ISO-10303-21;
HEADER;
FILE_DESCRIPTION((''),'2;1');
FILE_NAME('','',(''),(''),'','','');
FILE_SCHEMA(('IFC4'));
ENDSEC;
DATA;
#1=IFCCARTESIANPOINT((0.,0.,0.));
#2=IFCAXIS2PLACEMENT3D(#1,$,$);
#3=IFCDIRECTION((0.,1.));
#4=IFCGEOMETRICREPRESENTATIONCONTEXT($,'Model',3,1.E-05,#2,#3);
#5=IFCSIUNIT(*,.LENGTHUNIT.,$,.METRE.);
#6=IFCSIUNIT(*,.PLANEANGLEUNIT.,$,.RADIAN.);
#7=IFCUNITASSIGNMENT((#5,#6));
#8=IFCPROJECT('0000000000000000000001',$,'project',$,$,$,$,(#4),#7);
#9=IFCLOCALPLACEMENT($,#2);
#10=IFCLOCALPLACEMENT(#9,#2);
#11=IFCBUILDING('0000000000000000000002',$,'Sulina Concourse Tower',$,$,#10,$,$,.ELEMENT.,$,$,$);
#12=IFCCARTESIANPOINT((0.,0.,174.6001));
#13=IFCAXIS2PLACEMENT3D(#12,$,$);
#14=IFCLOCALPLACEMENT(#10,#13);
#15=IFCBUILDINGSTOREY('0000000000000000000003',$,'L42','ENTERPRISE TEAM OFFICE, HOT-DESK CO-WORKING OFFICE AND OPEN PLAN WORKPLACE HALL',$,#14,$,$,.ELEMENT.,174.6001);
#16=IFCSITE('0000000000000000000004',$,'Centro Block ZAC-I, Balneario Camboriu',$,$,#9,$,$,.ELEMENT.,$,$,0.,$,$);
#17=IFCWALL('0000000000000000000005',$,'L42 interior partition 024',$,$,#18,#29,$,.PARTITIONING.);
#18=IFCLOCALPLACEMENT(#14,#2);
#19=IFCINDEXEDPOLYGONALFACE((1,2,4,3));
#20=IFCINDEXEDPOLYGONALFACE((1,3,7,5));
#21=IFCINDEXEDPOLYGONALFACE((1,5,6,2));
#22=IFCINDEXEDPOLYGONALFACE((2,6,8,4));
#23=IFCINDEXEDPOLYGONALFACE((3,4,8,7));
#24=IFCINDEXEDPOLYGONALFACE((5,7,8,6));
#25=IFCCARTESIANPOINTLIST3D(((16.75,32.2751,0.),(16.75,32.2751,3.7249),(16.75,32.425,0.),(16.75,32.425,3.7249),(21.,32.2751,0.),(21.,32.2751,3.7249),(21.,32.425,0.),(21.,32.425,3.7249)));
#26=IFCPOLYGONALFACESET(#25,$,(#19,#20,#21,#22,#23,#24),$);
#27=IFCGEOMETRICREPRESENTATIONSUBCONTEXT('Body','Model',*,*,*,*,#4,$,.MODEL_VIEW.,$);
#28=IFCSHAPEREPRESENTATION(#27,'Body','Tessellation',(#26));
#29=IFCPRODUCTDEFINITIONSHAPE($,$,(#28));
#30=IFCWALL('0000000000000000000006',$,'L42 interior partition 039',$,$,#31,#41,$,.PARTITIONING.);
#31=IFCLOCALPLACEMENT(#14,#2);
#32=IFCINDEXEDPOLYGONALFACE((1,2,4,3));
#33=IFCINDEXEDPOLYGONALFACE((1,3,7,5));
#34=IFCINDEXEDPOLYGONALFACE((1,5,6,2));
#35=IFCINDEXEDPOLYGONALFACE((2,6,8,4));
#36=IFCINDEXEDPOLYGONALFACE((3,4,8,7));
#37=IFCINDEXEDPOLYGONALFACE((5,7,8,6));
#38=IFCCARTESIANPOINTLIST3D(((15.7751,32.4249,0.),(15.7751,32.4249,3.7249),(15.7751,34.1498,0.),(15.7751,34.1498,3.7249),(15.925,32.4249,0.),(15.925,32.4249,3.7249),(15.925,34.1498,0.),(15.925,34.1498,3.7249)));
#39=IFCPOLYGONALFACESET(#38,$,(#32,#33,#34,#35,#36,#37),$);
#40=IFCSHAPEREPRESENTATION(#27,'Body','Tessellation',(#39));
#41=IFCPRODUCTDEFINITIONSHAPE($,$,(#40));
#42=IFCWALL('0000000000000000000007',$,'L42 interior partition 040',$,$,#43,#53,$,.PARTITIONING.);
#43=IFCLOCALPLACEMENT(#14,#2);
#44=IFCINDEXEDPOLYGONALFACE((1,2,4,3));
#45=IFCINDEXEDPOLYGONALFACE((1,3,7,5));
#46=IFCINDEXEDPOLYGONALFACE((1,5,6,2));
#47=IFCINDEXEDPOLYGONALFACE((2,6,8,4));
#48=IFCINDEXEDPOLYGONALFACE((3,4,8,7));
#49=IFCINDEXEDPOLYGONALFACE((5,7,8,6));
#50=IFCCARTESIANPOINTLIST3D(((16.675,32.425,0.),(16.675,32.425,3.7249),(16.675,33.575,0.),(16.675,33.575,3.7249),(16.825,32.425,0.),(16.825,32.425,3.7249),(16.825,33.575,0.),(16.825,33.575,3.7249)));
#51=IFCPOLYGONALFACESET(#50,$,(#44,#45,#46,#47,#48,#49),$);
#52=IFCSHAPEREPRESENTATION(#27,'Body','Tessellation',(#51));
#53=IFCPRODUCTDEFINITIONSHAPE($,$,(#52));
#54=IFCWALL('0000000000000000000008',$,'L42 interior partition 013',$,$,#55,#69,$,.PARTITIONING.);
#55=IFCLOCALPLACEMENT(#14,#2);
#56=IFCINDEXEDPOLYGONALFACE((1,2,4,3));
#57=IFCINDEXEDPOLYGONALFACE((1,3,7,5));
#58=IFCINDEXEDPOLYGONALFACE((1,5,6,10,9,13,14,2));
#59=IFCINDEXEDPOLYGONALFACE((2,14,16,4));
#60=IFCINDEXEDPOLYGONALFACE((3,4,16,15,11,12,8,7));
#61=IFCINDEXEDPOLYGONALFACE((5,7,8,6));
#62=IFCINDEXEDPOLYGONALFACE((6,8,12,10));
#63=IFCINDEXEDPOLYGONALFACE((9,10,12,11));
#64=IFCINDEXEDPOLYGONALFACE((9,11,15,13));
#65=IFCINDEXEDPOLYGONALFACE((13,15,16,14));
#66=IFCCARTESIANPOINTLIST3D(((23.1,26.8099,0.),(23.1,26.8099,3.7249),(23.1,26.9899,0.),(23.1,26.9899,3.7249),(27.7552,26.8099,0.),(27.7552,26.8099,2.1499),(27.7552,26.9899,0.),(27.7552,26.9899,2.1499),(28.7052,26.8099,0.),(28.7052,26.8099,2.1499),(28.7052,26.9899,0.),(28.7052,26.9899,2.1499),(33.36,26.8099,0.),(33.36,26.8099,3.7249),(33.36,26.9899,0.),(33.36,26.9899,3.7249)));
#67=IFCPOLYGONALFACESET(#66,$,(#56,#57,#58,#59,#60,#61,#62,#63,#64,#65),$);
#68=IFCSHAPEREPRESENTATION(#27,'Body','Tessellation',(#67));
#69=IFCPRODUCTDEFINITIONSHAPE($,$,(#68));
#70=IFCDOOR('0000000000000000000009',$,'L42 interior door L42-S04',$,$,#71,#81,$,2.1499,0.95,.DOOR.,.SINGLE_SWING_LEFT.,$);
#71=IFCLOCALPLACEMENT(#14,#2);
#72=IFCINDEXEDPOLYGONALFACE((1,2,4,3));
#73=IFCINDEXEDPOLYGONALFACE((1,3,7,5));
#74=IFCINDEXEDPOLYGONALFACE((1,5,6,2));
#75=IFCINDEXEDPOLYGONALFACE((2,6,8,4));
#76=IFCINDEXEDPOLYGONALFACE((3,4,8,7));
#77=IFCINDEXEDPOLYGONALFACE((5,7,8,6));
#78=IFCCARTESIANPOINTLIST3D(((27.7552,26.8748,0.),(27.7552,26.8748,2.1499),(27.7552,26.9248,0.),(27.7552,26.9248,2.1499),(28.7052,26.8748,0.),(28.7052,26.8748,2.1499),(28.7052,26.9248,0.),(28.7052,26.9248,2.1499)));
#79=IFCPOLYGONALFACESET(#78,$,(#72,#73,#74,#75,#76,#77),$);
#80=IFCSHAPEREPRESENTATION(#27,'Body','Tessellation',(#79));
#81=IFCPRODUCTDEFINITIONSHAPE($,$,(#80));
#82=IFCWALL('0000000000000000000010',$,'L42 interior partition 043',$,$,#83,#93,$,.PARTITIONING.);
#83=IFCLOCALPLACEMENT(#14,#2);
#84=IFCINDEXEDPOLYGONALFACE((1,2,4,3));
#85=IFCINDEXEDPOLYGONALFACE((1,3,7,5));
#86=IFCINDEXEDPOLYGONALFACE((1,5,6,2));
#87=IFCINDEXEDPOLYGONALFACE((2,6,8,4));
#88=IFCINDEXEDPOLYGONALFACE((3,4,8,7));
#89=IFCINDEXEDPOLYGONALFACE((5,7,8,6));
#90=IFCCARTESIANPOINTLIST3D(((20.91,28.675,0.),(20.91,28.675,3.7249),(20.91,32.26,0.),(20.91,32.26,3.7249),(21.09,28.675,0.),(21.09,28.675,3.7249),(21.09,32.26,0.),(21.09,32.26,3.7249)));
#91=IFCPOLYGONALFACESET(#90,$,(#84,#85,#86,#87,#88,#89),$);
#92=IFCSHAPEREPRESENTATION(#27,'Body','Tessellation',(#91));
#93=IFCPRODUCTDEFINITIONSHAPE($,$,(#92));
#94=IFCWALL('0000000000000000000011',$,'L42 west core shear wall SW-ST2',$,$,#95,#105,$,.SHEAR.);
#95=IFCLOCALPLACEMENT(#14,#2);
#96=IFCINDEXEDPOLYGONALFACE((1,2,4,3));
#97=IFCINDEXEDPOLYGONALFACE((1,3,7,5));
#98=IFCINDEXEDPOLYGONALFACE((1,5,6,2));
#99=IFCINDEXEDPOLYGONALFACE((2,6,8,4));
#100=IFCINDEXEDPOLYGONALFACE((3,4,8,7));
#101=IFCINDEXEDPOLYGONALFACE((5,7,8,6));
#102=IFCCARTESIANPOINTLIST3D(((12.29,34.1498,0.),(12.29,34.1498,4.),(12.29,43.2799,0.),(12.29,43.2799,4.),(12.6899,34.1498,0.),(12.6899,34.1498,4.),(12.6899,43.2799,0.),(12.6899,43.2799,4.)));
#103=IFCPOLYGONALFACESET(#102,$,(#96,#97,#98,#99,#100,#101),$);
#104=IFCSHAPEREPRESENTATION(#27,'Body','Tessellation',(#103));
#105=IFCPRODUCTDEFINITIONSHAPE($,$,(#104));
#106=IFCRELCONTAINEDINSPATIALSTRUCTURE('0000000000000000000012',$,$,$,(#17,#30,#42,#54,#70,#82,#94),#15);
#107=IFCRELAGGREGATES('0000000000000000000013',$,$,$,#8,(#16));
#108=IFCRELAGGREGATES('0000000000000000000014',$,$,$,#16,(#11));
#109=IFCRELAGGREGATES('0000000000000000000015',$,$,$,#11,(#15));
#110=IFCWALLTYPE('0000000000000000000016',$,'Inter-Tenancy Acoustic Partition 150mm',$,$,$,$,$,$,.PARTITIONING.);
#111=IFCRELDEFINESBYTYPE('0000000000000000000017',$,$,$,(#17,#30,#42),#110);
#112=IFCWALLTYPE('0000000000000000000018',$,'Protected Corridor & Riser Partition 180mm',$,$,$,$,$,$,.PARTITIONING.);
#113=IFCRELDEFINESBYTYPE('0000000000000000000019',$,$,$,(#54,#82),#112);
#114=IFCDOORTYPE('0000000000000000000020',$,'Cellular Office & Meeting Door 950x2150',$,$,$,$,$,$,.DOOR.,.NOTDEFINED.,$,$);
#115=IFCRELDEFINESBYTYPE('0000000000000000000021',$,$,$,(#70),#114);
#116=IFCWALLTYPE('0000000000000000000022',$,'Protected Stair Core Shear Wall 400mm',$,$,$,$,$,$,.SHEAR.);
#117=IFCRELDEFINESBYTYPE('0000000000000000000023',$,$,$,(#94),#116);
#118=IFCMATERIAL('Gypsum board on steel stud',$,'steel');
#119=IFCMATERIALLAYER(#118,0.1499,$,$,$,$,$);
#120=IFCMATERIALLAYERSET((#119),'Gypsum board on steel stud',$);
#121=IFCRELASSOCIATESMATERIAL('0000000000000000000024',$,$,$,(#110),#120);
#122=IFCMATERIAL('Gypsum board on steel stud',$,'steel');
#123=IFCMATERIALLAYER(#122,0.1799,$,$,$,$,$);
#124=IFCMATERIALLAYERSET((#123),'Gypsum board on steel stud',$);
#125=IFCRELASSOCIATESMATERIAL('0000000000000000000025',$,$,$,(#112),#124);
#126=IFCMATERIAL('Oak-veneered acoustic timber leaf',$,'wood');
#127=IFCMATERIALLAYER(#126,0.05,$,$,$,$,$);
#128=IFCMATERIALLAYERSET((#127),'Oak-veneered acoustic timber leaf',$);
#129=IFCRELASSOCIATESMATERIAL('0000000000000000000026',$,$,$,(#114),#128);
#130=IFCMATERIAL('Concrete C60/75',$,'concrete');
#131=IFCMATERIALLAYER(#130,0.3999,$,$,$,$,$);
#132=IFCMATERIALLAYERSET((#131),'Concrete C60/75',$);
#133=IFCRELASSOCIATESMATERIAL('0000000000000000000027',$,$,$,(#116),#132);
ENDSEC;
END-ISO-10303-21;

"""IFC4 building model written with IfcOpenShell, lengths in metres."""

from ifc_helpers import new_model, si_unit, direction, frame, frame_2d, origin, place, context, subcontext, project, spatial, rectangle, extrude, material, layer, layer_set, type_object, element, fill, save


model = new_model("IFC4")

# Units and contexts
model_context = context("Model", 3, precision=1e-05, world=origin(), true_north=direction((0.0, 1.0)))
body_context = subcontext(model_context, "Body", "Model", "MODEL_VIEW")
ifc_project = project(units=[si_unit("LENGTHUNIT", "METRE"), si_unit("PLANEANGLEUNIT", "RADIAN")], contexts=[model_context])

# Site, building, storey
site_placement = place(None, origin())
site = spatial("IfcSite", under=ifc_project, at=site_placement, Name="Centro Block ZAC-I, Balneario Camboriu", CompositionType="ELEMENT", RefElevation=0.0)
building_placement = place(site_placement, origin())
building = spatial("IfcBuilding", under=site, at=building_placement, Name="Sulina Concourse Tower", CompositionType="ELEMENT")
storey_placement = place(building_placement, frame((0.0, 0.0, 174.6001)))
storey = spatial("IfcBuildingStorey", under=building, at=storey_placement, Name="L42", Description="ENTERPRISE TEAM OFFICE, HOT-DESK CO-WORKING OFFICE AND OPEN PLAN WORKPLACE HALL", CompositionType="ELEMENT", Elevation=174.6001)

# Shared definitions
ifc_material_1 = material(Name="Gypsum board on steel stud", Category="steel")
ifc_layer_1 = layer(ifc_material_1, 0.1499)
ifc_layer_set_1 = layer_set([ifc_layer_1], Name="Gypsum board on steel stud")
wall_type_1 = type_object("IfcWallType", Name="Inter-Tenancy Acoustic Partition 150mm", PredefinedType="PARTITIONING", material=ifc_layer_set_1)

# Walls
wall_1_placement = place(storey_placement, frame((16.75, 32.3501, 0.0), z_axis=(0.0, 0.0, 1.0), x_axis=(1.0, 0.0, 0.0)))
element("IfcWall", 1, at=wall_1_placement, inside=storey, type_object=wall_type_1, Name="L42 interior partition 024", PredefinedType="PARTITIONING", context=body_context, shape_type="SweptSolid", body=[
    extrude(rectangle(XDim=4.25, YDim=0.1499, at=frame_2d((2.125, 0.0))), origin(), (0.0, 0.0, 1.0), 3.7249),
])
wall_2_placement = place(storey_placement, frame((15.8501, 32.425, 0.0), z_axis=(0.0, 0.0, 1.0), x_axis=(0.0, 1.0, 0.0)))
element("IfcWall", 2, at=wall_2_placement, inside=storey, type_object=wall_type_1, Name="L42 interior partition 039", PredefinedType="PARTITIONING", context=body_context, shape_type="SweptSolid", body=[
    extrude(rectangle(XDim=1.7249, YDim=0.1499, at=frame_2d((0.8623, 0.0))), origin(), (0.0, 0.0, 1.0), 3.7249),
])
wall_3_placement = place(storey_placement, frame((16.75, 32.425, 0.0), z_axis=(0.0, 0.0, 1.0), x_axis=(0.0, 1.0, 0.0)))
element("IfcWall", 3, at=wall_3_placement, inside=storey, type_object=wall_type_1, Name="L42 interior partition 040", PredefinedType="PARTITIONING", context=body_context, shape_type="SweptSolid", body=[
    extrude(rectangle(XDim=1.1499, YDim=0.1499, at=frame_2d((0.575, 0.0))), origin(), (0.0, 0.0, 1.0), 3.7249),
])

# Wall, opening, door
ifc_material_2 = material(Name="Gypsum board on steel stud", Category="steel")
ifc_layer_2 = layer(ifc_material_2, 0.1799)
ifc_layer_set_2 = layer_set([ifc_layer_2], Name="Gypsum board on steel stud")
wall_type_2 = type_object("IfcWallType", Name="Protected Corridor & Riser Partition 180mm", PredefinedType="PARTITIONING", material=ifc_layer_set_2)
wall_4_placement = place(storey_placement, frame((23.1001, 26.8999, 0.0), z_axis=(0.0, 0.0, 1.0), x_axis=(1.0, 0.0, 0.0)))
wall_4 = element("IfcWall", 4, at=wall_4_placement, inside=storey, type_object=wall_type_2, Name="L42 interior partition 013", PredefinedType="PARTITIONING", context=body_context, shape_type="SweptSolid", body=[
    extrude(rectangle(XDim=10.26, YDim=0.1799, at=frame_2d((5.1299, 0.0))), origin(), (0.0, 0.0, 1.0), 3.7249),
])
opening_1_placement = place(wall_4_placement, frame((4.655, 0.0, 0.0)))
opening_1 = element("IfcOpeningElement", 5, at=opening_1_placement, cuts=wall_4, PredefinedType="OPENING", context=body_context, shape_type="SweptSolid", body=[
    extrude(rectangle(XDim=0.95, YDim=2.1499, at=frame_2d((0.4751, 1.075))), frame((0.0, 0.0999, 0.0), z_axis=(0.0, -1.0, 0.0), x_axis=(1.0, 0.0, 0.0)), (0.0, 0.0, 1.0), 0.2),
])
ifc_material_3 = material(Name="Oak-veneered acoustic timber leaf", Category="wood")
ifc_layer_3 = layer(ifc_material_3, 0.05)
ifc_layer_set_3 = layer_set([ifc_layer_3], Name="Oak-veneered acoustic timber leaf")
door_type_1 = type_object("IfcDoorType", Name="Cellular Office & Meeting Door 950x2150", OperationType="NOTDEFINED", PredefinedType="DOOR", material=ifc_layer_set_3)
door_1_placement = place(opening_1_placement, origin())
door_1 = element("IfcDoor", 6, at=door_1_placement, inside=storey, type_object=door_type_1, Name="L42 interior door L42-S04", OperationType="SINGLE_SWING_LEFT", OverallHeight=2.1499, OverallWidth=0.95, PredefinedType="DOOR", context=body_context, shape_type="SweptSolid", body=[
    extrude(rectangle(XDim=0.95, YDim=2.1499, at=frame_2d((0.4751, 1.075))), frame((0.0, 0.0249, 0.0), z_axis=(0.0, -1.0, 0.0), x_axis=(1.0, 0.0, 0.0)), (0.0, 0.0, 1.0), 0.05),
])
fill(opening_1, door_1)

# Walls
wall_5_placement = place(storey_placement, frame((21.0, 28.675, 0.0), z_axis=(0.0, 0.0, 1.0), x_axis=(0.0, 1.0, 0.0)))
element("IfcWall", 7, at=wall_5_placement, inside=storey, type_object=wall_type_2, Name="L42 interior partition 043", PredefinedType="PARTITIONING", context=body_context, shape_type="SweptSolid", body=[
    extrude(rectangle(XDim=3.585, YDim=0.1799, at=frame_2d((1.7925, 0.0))), origin(), (0.0, 0.0, 1.0), 3.7249),
])
ifc_material_4 = material(Name="Concrete C60/75", Category="concrete")
ifc_layer_4 = layer(ifc_material_4, 0.3999)
ifc_layer_set_4 = layer_set([ifc_layer_4], Name="Concrete C60/75")
wall_type_3 = type_object("IfcWallType", Name="Protected Stair Core Shear Wall 400mm", PredefinedType="SHEAR", material=ifc_layer_set_4)
wall_6_placement = place(storey_placement, frame((12.49, 34.1499, 0.0), z_axis=(0.0, 0.0, 1.0), x_axis=(0.0, 1.0, 0.0)))
element("IfcWall", 8, at=wall_6_placement, inside=storey, type_object=wall_type_3, Name="L42 west core shear wall SW-ST2", PredefinedType="SHEAR", context=body_context, shape_type="SweptSolid", body=[
    extrude(rectangle(XDim=9.1301, YDim=0.3999, at=frame_2d((4.5649, 0.0))), origin(), (0.0, 0.0, 1.0), 4.0),
])

save(model, "model.ifc")
